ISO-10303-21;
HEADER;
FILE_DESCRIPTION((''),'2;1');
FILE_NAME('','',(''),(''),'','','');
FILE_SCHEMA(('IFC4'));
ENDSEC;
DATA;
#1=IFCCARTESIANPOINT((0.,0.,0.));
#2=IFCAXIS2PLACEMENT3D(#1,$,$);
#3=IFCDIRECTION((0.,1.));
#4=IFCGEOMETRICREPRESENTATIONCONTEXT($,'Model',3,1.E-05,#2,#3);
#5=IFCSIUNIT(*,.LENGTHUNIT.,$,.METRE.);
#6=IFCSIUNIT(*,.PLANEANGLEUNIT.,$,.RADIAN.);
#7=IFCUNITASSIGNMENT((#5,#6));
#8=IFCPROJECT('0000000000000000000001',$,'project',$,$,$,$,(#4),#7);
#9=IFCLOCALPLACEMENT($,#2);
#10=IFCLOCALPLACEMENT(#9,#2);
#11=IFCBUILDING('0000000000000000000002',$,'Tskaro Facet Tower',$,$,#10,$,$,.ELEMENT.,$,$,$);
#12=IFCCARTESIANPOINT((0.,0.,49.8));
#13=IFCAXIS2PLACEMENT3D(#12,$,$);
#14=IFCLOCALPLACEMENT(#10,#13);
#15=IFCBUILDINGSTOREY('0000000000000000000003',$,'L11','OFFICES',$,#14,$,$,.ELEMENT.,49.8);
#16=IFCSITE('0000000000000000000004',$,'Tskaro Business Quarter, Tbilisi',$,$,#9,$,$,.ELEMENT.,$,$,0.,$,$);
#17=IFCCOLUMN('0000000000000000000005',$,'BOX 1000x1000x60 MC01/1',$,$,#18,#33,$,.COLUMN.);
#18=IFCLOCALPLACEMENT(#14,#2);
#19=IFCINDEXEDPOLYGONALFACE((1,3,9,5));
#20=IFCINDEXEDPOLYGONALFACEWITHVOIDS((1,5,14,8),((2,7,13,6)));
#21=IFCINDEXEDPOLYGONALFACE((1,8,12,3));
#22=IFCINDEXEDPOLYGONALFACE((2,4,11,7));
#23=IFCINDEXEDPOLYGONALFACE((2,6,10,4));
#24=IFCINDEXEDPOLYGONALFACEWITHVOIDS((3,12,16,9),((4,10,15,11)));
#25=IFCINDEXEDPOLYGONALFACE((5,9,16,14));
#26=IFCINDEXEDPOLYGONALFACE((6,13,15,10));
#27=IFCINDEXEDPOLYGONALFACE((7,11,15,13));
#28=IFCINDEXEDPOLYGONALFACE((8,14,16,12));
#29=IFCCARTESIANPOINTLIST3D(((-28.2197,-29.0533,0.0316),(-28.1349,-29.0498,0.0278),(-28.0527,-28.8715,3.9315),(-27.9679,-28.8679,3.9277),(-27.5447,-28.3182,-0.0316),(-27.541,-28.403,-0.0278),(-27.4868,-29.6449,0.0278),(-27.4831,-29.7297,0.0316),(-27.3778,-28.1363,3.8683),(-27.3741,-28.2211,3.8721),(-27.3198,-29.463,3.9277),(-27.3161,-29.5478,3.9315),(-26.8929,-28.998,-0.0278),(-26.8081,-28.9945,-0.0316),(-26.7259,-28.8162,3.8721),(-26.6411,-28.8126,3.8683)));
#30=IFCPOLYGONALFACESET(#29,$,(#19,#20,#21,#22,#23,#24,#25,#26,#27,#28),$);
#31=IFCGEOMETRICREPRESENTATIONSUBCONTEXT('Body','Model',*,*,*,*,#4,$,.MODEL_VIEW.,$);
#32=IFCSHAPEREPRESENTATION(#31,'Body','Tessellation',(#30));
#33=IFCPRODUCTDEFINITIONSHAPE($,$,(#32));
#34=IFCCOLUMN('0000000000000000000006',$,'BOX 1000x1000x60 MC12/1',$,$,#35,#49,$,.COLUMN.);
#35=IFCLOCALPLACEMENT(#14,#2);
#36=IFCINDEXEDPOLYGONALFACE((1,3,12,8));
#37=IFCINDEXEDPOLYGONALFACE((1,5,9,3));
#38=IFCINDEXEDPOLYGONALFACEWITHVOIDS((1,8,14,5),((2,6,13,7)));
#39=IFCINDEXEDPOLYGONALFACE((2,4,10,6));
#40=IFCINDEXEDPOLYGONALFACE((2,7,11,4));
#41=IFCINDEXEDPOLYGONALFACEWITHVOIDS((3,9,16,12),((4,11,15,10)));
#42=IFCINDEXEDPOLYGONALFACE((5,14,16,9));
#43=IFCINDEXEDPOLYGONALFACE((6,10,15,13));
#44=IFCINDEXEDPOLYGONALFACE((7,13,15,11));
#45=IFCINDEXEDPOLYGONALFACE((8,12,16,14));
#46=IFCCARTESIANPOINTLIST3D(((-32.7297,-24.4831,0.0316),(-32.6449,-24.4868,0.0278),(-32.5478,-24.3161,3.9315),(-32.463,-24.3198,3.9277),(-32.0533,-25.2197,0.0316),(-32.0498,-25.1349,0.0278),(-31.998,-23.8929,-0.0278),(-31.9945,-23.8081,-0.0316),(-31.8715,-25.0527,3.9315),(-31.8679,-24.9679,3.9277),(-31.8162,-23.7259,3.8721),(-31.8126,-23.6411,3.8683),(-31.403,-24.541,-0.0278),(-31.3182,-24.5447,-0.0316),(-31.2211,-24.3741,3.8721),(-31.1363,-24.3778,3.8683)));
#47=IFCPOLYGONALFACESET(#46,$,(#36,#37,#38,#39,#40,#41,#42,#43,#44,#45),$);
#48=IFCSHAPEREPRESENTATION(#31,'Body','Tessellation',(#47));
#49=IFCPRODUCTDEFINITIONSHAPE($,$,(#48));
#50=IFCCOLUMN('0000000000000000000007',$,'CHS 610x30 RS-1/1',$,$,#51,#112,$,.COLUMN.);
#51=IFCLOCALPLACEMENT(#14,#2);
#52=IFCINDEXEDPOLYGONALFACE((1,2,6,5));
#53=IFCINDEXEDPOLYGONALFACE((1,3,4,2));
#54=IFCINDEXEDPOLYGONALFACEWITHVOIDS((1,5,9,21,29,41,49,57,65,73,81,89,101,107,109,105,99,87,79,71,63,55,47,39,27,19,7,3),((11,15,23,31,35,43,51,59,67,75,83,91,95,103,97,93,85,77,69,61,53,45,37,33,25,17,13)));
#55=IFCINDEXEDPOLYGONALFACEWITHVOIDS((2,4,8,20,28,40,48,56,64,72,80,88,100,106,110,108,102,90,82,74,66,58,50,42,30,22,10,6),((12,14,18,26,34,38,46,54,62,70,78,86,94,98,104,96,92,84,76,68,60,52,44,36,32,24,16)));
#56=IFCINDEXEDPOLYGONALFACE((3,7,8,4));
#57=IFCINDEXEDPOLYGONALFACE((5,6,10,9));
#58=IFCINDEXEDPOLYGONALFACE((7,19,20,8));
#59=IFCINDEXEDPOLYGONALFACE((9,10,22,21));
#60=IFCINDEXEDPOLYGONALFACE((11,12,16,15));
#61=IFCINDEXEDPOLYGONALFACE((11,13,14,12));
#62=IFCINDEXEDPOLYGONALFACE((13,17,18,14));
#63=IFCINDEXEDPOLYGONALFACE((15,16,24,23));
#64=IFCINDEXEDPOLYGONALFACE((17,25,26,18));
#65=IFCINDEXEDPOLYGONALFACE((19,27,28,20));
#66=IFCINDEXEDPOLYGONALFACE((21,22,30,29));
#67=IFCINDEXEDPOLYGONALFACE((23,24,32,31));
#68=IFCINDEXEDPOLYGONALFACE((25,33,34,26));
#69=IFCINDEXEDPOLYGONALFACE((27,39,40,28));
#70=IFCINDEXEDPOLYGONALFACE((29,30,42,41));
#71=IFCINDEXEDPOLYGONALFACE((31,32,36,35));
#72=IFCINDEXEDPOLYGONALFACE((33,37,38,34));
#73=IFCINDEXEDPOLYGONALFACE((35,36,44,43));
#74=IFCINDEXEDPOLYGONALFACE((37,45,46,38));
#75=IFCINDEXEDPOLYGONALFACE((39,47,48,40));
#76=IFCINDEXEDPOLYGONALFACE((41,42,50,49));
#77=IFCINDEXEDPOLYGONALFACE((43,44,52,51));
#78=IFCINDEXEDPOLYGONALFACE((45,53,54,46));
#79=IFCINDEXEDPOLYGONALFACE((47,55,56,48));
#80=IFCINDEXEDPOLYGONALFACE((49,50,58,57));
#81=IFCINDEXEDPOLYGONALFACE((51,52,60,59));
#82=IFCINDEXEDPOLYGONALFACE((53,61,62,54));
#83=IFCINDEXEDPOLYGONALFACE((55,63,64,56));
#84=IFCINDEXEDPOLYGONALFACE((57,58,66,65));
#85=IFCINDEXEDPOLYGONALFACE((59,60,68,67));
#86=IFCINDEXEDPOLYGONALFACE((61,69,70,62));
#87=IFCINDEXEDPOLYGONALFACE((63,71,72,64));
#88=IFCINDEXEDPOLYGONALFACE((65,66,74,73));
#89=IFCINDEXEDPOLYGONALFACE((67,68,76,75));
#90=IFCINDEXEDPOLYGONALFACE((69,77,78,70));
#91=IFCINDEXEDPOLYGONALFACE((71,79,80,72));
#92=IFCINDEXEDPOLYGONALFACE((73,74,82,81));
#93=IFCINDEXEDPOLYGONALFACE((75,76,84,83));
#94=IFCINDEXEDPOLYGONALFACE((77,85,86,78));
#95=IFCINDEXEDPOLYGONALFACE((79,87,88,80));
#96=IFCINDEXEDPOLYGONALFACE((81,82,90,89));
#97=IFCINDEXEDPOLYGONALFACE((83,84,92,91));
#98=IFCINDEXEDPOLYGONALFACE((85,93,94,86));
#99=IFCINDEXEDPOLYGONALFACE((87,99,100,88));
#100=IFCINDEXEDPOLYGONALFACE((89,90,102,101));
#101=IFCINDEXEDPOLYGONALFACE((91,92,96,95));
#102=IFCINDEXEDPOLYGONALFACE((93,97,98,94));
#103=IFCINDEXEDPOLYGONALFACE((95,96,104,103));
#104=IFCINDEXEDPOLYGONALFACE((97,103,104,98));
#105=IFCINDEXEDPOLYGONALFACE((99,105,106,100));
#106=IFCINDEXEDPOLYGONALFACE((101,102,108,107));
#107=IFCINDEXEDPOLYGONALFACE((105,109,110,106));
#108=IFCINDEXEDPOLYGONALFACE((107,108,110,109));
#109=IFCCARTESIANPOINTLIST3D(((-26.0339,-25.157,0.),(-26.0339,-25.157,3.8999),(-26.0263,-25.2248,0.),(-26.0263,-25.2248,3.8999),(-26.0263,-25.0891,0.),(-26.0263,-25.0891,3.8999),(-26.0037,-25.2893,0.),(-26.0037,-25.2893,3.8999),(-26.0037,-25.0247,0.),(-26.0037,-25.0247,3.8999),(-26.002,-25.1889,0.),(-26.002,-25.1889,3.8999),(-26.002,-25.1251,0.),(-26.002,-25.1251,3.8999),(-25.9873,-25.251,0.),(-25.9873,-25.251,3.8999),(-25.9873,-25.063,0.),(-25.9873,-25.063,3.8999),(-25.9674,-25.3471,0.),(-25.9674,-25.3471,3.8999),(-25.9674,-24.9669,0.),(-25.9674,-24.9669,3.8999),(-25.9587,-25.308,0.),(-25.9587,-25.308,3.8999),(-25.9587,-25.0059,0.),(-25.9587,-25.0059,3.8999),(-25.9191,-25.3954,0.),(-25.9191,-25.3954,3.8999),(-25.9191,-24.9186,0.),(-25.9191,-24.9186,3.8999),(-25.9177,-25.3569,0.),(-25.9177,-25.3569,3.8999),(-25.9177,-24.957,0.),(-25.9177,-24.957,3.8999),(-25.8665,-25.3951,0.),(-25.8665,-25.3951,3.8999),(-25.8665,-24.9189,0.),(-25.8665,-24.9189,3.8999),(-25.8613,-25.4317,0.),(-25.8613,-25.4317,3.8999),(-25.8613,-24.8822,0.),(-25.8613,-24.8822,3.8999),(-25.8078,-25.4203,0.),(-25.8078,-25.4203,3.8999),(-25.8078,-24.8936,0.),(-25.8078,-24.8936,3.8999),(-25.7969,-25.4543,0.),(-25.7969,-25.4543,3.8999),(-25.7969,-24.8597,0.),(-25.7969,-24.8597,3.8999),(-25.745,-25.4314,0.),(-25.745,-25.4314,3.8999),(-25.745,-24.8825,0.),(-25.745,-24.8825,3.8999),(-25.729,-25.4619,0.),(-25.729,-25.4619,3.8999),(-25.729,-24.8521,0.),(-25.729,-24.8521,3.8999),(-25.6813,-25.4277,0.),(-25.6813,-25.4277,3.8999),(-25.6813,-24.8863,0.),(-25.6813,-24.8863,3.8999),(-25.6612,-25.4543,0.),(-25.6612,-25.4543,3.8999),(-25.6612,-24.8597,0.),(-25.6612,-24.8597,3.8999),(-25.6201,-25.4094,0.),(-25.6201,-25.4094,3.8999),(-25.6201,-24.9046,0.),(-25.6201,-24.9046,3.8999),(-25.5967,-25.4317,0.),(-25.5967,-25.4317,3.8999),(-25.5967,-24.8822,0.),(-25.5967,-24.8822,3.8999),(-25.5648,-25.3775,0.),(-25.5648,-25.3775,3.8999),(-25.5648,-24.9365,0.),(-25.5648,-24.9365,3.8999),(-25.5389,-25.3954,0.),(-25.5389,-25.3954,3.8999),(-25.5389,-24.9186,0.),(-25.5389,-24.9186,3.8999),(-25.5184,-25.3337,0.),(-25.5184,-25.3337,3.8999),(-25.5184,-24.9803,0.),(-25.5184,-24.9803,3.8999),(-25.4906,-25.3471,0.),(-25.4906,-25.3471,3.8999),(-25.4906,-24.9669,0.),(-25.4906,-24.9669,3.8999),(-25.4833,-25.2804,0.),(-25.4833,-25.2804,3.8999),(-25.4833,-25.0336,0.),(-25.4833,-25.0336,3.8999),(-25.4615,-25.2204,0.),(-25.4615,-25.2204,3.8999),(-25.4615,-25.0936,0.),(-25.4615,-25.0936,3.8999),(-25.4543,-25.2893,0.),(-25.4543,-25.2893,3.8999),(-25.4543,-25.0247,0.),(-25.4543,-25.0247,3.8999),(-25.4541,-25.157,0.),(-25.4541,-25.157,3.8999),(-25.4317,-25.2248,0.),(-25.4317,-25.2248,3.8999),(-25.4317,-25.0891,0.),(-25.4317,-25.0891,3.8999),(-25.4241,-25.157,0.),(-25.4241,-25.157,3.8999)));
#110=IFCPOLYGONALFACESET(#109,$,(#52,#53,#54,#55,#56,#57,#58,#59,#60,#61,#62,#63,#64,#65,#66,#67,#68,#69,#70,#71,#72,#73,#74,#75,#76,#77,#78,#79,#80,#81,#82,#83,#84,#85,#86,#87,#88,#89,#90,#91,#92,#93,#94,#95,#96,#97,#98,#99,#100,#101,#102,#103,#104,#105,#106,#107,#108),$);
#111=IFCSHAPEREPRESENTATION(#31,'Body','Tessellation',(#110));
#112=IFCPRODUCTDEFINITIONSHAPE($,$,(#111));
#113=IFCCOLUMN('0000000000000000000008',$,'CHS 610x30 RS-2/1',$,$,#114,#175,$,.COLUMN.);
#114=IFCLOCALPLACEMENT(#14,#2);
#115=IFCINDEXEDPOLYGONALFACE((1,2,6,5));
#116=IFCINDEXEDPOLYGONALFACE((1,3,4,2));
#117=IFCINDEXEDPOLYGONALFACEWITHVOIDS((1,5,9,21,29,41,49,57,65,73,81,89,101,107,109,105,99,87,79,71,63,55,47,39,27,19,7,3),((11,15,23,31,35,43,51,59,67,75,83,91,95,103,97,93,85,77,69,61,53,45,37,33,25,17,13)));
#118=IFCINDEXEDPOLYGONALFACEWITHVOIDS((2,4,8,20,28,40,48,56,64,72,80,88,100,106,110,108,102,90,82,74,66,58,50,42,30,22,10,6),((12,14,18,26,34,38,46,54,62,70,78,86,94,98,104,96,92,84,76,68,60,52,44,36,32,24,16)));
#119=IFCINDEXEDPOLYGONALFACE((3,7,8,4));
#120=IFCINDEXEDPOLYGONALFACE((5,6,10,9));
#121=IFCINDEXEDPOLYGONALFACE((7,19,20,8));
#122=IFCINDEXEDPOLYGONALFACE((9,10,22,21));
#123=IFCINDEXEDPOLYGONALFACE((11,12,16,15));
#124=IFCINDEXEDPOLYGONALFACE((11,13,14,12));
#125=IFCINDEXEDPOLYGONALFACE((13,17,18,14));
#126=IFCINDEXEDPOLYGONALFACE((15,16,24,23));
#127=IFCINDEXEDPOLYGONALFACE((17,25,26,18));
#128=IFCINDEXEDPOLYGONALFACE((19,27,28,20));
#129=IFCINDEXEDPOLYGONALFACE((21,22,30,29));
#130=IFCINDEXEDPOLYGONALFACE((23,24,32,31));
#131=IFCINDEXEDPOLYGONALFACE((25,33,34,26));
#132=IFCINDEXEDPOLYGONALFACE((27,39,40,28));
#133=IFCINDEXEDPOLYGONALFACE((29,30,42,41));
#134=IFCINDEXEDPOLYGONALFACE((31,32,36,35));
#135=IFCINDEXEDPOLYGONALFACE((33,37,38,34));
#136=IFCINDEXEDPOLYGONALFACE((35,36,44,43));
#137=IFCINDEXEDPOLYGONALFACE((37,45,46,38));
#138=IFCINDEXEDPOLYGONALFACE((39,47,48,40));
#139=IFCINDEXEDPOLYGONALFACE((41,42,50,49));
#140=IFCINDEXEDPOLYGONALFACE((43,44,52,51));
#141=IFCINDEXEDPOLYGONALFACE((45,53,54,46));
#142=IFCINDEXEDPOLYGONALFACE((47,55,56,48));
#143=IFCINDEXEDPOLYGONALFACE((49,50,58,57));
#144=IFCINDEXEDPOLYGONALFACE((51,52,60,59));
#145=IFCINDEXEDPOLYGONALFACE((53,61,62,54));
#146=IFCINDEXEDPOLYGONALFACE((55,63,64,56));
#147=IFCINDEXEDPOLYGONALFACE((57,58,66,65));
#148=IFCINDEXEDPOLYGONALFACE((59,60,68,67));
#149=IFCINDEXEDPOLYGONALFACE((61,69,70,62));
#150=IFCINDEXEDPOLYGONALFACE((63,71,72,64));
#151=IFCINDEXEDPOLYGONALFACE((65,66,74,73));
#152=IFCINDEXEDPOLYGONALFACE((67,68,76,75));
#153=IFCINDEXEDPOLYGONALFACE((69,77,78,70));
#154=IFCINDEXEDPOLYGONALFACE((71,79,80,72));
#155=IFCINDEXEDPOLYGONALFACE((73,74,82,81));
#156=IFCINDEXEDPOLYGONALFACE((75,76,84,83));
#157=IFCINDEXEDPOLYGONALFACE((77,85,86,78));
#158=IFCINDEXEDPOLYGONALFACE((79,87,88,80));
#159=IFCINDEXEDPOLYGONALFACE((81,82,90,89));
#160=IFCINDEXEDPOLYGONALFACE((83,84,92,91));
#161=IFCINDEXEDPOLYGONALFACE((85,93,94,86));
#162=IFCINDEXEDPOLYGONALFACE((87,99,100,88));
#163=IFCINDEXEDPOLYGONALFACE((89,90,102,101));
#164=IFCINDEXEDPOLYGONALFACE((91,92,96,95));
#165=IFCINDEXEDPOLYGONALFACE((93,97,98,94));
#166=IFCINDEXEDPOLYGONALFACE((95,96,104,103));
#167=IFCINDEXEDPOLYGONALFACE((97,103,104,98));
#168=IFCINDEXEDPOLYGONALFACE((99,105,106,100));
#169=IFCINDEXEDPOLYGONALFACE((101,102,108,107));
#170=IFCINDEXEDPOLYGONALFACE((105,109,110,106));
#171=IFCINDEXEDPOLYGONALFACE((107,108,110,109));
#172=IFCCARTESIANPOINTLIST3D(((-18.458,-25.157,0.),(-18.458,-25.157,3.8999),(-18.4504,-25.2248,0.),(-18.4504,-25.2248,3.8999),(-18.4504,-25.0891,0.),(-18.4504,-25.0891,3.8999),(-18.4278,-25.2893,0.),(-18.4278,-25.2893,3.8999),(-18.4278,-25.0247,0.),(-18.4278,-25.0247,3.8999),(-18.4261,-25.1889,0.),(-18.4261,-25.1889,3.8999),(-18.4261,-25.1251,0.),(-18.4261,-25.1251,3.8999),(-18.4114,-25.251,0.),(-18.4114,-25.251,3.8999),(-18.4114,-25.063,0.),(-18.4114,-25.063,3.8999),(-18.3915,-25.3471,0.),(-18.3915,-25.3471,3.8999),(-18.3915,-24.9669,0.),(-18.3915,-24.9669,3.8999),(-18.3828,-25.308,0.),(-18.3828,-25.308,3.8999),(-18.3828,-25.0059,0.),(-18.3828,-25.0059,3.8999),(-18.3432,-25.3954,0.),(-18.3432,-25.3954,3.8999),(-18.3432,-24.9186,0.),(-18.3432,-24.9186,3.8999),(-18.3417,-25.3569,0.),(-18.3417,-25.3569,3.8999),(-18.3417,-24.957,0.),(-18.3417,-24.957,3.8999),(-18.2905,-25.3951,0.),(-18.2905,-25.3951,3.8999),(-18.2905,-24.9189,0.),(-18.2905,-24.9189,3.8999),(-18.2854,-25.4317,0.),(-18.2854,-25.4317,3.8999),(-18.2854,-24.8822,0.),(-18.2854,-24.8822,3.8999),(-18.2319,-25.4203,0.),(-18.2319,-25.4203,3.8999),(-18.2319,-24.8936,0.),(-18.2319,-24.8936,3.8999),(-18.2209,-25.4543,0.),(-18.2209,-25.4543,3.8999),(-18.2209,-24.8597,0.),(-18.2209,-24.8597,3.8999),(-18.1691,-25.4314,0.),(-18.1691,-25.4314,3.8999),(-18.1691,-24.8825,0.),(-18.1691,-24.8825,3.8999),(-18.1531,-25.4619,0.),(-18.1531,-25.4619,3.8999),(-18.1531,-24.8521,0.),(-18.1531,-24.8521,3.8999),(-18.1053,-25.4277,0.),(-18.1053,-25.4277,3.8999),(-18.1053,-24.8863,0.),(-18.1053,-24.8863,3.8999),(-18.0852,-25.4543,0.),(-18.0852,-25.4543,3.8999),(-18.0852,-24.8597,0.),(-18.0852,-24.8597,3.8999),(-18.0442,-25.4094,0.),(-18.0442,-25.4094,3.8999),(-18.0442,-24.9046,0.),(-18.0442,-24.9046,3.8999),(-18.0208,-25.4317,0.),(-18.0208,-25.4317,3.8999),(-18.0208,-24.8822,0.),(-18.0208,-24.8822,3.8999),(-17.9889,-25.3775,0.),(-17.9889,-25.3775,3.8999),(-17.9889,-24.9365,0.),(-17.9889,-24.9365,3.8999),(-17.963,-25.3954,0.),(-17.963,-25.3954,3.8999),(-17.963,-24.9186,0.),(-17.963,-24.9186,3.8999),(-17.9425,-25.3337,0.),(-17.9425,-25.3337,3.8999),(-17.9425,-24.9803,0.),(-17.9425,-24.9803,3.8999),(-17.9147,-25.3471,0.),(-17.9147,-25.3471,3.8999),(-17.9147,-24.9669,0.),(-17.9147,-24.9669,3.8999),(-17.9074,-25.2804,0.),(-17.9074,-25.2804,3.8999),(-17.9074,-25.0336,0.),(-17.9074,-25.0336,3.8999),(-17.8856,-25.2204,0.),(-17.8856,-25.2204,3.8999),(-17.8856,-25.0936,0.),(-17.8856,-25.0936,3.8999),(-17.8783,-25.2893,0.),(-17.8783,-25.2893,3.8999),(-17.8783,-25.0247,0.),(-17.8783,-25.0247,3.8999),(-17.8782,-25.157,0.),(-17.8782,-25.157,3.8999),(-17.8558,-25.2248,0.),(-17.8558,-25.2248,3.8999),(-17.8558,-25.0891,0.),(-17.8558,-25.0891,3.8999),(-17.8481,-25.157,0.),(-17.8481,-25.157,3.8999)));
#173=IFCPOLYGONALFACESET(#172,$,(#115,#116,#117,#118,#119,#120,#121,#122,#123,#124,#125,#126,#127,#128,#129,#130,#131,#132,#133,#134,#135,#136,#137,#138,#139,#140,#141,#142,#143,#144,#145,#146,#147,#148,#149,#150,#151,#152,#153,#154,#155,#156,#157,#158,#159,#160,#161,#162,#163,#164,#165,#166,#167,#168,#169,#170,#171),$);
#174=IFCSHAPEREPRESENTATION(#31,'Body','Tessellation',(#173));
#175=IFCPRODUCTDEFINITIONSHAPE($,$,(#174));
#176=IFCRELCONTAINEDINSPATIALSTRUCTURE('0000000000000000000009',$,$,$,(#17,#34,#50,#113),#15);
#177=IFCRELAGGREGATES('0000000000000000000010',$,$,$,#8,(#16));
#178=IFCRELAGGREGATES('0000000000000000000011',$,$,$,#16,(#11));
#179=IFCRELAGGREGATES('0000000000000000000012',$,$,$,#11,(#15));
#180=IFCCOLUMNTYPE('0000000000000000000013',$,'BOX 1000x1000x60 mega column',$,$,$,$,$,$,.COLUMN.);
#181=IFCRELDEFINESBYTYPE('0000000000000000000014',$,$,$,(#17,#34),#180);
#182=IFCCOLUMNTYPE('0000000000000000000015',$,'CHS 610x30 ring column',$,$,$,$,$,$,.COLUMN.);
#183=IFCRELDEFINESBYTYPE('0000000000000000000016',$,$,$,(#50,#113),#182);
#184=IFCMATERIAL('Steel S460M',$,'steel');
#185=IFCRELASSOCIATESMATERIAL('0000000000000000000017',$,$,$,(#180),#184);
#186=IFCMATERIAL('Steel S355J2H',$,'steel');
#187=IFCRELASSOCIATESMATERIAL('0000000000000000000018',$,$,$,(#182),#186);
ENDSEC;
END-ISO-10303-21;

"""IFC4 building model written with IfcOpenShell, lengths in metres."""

from ifc_helpers import new_model, si_unit, direction, frame, origin, origin_2d, place, context, subcontext, project, spatial, hollow_rectangle, hollow_circle, extrude, material, material_profile, profile_set, type_object, element, save


model = new_model("IFC4")

# Units and contexts
model_context = context("Model", 3, precision=1e-05, world=origin(), true_north=direction((0.0, 1.0)))
body_context = subcontext(model_context, "Body", "Model", "MODEL_VIEW")
ifc_project = project(units=[si_unit("LENGTHUNIT", "METRE"), si_unit("PLANEANGLEUNIT", "RADIAN")], contexts=[model_context])

# Site, building, storey
site_placement = place(None, origin())
site = spatial("IfcSite", under=ifc_project, at=site_placement, Name="Tskaro Business Quarter, Tbilisi", CompositionType="ELEMENT", RefElevation=0.0)
building_placement = place(site_placement, origin())
building = spatial("IfcBuilding", under=site, at=building_placement, Name="Tskaro Facet Tower", CompositionType="ELEMENT")
storey_placement = place(building_placement, frame((0.0, 0.0, 49.8)))
storey = spatial("IfcBuildingStorey", under=building, at=storey_placement, Name="L11", Description="OFFICES", CompositionType="ELEMENT", Elevation=49.8)

# Columns
ifc_material_1 = material(Name="Steel S460M", Category="steel")
ifc_material_profile_1 = material_profile(ifc_material_1, hollow_rectangle(XDim=1.0, YDim=1.0, WallThickness=0.0601, at=origin_2d()), Name="BOX 1000x1000x60")
ifc_profile_set_1 = profile_set([ifc_material_profile_1], Name="Steel S460M")
column_type_1 = type_object("IfcColumnType", Name="BOX 1000x1000x60 mega column", PredefinedType="COLUMN", material=ifc_profile_set_1)
for number, where, z_axis, x_axis, name in (
    (1, (-27.5139, -29.0239, 0.0), (0.042734, 0.046545, 0.998002), (-0.73662, 0.676306, 0.0), "BOX 1000x1000x60 MC01/1"),
    (2, (-32.0239, -24.5139, 0.0), (0.046545, 0.042734, 0.998002), (-0.676306, 0.73662, 0.0), "BOX 1000x1000x60 MC12/1"),
):
    element("IfcColumn", number, at=place(storey_placement, frame(where, z_axis=z_axis, x_axis=x_axis)), inside=storey, type_object=column_type_1, Name=name, PredefinedType="COLUMN", context=body_context, shape_type="SweptSolid", body=[
        extrude(hollow_rectangle(XDim=1.0, YDim=1.0, WallThickness=0.0601, at=origin_2d()), origin(), (0.0, 0.0, 1.0), 3.9077),
    ])
ifc_material_2 = material(Name="Steel S355J2H", Category="steel")
ifc_material_profile_2 = material_profile(ifc_material_2, hollow_circle(Radius=0.3049, WallThickness=0.03, at=origin_2d()), Name="CHS 610x30")
ifc_profile_set_2 = profile_set([ifc_material_profile_2], Name="Steel S355J2H")
column_type_2 = type_object("IfcColumnType", Name="CHS 610x30 ring column", PredefinedType="COLUMN", material=ifc_profile_set_2)
for number, where, z_axis, x_axis, name in (
    (3, (-25.729, -25.157, 0.0), (0.0, 0.0, 1.0), (1.0, 0.0, 0.0), "CHS 610x30 RS-1/1"),
    (4, (-18.1531, -25.157, 0.0), (0.0, 0.0, 1.0), (1.0, 0.0, 0.0), "CHS 610x30 RS-2/1"),
):
    element("IfcColumn", number, at=place(storey_placement, frame(where, z_axis=z_axis, x_axis=x_axis)), inside=storey, type_object=column_type_2, Name=name, PredefinedType="COLUMN", context=body_context, shape_type="SweptSolid", body=[
        extrude(hollow_circle(Radius=0.3049, WallThickness=0.03, at=origin_2d()), origin(), (0.0, 0.0, 1.0), 3.8999),
    ])

save(model, "model.ifc")
